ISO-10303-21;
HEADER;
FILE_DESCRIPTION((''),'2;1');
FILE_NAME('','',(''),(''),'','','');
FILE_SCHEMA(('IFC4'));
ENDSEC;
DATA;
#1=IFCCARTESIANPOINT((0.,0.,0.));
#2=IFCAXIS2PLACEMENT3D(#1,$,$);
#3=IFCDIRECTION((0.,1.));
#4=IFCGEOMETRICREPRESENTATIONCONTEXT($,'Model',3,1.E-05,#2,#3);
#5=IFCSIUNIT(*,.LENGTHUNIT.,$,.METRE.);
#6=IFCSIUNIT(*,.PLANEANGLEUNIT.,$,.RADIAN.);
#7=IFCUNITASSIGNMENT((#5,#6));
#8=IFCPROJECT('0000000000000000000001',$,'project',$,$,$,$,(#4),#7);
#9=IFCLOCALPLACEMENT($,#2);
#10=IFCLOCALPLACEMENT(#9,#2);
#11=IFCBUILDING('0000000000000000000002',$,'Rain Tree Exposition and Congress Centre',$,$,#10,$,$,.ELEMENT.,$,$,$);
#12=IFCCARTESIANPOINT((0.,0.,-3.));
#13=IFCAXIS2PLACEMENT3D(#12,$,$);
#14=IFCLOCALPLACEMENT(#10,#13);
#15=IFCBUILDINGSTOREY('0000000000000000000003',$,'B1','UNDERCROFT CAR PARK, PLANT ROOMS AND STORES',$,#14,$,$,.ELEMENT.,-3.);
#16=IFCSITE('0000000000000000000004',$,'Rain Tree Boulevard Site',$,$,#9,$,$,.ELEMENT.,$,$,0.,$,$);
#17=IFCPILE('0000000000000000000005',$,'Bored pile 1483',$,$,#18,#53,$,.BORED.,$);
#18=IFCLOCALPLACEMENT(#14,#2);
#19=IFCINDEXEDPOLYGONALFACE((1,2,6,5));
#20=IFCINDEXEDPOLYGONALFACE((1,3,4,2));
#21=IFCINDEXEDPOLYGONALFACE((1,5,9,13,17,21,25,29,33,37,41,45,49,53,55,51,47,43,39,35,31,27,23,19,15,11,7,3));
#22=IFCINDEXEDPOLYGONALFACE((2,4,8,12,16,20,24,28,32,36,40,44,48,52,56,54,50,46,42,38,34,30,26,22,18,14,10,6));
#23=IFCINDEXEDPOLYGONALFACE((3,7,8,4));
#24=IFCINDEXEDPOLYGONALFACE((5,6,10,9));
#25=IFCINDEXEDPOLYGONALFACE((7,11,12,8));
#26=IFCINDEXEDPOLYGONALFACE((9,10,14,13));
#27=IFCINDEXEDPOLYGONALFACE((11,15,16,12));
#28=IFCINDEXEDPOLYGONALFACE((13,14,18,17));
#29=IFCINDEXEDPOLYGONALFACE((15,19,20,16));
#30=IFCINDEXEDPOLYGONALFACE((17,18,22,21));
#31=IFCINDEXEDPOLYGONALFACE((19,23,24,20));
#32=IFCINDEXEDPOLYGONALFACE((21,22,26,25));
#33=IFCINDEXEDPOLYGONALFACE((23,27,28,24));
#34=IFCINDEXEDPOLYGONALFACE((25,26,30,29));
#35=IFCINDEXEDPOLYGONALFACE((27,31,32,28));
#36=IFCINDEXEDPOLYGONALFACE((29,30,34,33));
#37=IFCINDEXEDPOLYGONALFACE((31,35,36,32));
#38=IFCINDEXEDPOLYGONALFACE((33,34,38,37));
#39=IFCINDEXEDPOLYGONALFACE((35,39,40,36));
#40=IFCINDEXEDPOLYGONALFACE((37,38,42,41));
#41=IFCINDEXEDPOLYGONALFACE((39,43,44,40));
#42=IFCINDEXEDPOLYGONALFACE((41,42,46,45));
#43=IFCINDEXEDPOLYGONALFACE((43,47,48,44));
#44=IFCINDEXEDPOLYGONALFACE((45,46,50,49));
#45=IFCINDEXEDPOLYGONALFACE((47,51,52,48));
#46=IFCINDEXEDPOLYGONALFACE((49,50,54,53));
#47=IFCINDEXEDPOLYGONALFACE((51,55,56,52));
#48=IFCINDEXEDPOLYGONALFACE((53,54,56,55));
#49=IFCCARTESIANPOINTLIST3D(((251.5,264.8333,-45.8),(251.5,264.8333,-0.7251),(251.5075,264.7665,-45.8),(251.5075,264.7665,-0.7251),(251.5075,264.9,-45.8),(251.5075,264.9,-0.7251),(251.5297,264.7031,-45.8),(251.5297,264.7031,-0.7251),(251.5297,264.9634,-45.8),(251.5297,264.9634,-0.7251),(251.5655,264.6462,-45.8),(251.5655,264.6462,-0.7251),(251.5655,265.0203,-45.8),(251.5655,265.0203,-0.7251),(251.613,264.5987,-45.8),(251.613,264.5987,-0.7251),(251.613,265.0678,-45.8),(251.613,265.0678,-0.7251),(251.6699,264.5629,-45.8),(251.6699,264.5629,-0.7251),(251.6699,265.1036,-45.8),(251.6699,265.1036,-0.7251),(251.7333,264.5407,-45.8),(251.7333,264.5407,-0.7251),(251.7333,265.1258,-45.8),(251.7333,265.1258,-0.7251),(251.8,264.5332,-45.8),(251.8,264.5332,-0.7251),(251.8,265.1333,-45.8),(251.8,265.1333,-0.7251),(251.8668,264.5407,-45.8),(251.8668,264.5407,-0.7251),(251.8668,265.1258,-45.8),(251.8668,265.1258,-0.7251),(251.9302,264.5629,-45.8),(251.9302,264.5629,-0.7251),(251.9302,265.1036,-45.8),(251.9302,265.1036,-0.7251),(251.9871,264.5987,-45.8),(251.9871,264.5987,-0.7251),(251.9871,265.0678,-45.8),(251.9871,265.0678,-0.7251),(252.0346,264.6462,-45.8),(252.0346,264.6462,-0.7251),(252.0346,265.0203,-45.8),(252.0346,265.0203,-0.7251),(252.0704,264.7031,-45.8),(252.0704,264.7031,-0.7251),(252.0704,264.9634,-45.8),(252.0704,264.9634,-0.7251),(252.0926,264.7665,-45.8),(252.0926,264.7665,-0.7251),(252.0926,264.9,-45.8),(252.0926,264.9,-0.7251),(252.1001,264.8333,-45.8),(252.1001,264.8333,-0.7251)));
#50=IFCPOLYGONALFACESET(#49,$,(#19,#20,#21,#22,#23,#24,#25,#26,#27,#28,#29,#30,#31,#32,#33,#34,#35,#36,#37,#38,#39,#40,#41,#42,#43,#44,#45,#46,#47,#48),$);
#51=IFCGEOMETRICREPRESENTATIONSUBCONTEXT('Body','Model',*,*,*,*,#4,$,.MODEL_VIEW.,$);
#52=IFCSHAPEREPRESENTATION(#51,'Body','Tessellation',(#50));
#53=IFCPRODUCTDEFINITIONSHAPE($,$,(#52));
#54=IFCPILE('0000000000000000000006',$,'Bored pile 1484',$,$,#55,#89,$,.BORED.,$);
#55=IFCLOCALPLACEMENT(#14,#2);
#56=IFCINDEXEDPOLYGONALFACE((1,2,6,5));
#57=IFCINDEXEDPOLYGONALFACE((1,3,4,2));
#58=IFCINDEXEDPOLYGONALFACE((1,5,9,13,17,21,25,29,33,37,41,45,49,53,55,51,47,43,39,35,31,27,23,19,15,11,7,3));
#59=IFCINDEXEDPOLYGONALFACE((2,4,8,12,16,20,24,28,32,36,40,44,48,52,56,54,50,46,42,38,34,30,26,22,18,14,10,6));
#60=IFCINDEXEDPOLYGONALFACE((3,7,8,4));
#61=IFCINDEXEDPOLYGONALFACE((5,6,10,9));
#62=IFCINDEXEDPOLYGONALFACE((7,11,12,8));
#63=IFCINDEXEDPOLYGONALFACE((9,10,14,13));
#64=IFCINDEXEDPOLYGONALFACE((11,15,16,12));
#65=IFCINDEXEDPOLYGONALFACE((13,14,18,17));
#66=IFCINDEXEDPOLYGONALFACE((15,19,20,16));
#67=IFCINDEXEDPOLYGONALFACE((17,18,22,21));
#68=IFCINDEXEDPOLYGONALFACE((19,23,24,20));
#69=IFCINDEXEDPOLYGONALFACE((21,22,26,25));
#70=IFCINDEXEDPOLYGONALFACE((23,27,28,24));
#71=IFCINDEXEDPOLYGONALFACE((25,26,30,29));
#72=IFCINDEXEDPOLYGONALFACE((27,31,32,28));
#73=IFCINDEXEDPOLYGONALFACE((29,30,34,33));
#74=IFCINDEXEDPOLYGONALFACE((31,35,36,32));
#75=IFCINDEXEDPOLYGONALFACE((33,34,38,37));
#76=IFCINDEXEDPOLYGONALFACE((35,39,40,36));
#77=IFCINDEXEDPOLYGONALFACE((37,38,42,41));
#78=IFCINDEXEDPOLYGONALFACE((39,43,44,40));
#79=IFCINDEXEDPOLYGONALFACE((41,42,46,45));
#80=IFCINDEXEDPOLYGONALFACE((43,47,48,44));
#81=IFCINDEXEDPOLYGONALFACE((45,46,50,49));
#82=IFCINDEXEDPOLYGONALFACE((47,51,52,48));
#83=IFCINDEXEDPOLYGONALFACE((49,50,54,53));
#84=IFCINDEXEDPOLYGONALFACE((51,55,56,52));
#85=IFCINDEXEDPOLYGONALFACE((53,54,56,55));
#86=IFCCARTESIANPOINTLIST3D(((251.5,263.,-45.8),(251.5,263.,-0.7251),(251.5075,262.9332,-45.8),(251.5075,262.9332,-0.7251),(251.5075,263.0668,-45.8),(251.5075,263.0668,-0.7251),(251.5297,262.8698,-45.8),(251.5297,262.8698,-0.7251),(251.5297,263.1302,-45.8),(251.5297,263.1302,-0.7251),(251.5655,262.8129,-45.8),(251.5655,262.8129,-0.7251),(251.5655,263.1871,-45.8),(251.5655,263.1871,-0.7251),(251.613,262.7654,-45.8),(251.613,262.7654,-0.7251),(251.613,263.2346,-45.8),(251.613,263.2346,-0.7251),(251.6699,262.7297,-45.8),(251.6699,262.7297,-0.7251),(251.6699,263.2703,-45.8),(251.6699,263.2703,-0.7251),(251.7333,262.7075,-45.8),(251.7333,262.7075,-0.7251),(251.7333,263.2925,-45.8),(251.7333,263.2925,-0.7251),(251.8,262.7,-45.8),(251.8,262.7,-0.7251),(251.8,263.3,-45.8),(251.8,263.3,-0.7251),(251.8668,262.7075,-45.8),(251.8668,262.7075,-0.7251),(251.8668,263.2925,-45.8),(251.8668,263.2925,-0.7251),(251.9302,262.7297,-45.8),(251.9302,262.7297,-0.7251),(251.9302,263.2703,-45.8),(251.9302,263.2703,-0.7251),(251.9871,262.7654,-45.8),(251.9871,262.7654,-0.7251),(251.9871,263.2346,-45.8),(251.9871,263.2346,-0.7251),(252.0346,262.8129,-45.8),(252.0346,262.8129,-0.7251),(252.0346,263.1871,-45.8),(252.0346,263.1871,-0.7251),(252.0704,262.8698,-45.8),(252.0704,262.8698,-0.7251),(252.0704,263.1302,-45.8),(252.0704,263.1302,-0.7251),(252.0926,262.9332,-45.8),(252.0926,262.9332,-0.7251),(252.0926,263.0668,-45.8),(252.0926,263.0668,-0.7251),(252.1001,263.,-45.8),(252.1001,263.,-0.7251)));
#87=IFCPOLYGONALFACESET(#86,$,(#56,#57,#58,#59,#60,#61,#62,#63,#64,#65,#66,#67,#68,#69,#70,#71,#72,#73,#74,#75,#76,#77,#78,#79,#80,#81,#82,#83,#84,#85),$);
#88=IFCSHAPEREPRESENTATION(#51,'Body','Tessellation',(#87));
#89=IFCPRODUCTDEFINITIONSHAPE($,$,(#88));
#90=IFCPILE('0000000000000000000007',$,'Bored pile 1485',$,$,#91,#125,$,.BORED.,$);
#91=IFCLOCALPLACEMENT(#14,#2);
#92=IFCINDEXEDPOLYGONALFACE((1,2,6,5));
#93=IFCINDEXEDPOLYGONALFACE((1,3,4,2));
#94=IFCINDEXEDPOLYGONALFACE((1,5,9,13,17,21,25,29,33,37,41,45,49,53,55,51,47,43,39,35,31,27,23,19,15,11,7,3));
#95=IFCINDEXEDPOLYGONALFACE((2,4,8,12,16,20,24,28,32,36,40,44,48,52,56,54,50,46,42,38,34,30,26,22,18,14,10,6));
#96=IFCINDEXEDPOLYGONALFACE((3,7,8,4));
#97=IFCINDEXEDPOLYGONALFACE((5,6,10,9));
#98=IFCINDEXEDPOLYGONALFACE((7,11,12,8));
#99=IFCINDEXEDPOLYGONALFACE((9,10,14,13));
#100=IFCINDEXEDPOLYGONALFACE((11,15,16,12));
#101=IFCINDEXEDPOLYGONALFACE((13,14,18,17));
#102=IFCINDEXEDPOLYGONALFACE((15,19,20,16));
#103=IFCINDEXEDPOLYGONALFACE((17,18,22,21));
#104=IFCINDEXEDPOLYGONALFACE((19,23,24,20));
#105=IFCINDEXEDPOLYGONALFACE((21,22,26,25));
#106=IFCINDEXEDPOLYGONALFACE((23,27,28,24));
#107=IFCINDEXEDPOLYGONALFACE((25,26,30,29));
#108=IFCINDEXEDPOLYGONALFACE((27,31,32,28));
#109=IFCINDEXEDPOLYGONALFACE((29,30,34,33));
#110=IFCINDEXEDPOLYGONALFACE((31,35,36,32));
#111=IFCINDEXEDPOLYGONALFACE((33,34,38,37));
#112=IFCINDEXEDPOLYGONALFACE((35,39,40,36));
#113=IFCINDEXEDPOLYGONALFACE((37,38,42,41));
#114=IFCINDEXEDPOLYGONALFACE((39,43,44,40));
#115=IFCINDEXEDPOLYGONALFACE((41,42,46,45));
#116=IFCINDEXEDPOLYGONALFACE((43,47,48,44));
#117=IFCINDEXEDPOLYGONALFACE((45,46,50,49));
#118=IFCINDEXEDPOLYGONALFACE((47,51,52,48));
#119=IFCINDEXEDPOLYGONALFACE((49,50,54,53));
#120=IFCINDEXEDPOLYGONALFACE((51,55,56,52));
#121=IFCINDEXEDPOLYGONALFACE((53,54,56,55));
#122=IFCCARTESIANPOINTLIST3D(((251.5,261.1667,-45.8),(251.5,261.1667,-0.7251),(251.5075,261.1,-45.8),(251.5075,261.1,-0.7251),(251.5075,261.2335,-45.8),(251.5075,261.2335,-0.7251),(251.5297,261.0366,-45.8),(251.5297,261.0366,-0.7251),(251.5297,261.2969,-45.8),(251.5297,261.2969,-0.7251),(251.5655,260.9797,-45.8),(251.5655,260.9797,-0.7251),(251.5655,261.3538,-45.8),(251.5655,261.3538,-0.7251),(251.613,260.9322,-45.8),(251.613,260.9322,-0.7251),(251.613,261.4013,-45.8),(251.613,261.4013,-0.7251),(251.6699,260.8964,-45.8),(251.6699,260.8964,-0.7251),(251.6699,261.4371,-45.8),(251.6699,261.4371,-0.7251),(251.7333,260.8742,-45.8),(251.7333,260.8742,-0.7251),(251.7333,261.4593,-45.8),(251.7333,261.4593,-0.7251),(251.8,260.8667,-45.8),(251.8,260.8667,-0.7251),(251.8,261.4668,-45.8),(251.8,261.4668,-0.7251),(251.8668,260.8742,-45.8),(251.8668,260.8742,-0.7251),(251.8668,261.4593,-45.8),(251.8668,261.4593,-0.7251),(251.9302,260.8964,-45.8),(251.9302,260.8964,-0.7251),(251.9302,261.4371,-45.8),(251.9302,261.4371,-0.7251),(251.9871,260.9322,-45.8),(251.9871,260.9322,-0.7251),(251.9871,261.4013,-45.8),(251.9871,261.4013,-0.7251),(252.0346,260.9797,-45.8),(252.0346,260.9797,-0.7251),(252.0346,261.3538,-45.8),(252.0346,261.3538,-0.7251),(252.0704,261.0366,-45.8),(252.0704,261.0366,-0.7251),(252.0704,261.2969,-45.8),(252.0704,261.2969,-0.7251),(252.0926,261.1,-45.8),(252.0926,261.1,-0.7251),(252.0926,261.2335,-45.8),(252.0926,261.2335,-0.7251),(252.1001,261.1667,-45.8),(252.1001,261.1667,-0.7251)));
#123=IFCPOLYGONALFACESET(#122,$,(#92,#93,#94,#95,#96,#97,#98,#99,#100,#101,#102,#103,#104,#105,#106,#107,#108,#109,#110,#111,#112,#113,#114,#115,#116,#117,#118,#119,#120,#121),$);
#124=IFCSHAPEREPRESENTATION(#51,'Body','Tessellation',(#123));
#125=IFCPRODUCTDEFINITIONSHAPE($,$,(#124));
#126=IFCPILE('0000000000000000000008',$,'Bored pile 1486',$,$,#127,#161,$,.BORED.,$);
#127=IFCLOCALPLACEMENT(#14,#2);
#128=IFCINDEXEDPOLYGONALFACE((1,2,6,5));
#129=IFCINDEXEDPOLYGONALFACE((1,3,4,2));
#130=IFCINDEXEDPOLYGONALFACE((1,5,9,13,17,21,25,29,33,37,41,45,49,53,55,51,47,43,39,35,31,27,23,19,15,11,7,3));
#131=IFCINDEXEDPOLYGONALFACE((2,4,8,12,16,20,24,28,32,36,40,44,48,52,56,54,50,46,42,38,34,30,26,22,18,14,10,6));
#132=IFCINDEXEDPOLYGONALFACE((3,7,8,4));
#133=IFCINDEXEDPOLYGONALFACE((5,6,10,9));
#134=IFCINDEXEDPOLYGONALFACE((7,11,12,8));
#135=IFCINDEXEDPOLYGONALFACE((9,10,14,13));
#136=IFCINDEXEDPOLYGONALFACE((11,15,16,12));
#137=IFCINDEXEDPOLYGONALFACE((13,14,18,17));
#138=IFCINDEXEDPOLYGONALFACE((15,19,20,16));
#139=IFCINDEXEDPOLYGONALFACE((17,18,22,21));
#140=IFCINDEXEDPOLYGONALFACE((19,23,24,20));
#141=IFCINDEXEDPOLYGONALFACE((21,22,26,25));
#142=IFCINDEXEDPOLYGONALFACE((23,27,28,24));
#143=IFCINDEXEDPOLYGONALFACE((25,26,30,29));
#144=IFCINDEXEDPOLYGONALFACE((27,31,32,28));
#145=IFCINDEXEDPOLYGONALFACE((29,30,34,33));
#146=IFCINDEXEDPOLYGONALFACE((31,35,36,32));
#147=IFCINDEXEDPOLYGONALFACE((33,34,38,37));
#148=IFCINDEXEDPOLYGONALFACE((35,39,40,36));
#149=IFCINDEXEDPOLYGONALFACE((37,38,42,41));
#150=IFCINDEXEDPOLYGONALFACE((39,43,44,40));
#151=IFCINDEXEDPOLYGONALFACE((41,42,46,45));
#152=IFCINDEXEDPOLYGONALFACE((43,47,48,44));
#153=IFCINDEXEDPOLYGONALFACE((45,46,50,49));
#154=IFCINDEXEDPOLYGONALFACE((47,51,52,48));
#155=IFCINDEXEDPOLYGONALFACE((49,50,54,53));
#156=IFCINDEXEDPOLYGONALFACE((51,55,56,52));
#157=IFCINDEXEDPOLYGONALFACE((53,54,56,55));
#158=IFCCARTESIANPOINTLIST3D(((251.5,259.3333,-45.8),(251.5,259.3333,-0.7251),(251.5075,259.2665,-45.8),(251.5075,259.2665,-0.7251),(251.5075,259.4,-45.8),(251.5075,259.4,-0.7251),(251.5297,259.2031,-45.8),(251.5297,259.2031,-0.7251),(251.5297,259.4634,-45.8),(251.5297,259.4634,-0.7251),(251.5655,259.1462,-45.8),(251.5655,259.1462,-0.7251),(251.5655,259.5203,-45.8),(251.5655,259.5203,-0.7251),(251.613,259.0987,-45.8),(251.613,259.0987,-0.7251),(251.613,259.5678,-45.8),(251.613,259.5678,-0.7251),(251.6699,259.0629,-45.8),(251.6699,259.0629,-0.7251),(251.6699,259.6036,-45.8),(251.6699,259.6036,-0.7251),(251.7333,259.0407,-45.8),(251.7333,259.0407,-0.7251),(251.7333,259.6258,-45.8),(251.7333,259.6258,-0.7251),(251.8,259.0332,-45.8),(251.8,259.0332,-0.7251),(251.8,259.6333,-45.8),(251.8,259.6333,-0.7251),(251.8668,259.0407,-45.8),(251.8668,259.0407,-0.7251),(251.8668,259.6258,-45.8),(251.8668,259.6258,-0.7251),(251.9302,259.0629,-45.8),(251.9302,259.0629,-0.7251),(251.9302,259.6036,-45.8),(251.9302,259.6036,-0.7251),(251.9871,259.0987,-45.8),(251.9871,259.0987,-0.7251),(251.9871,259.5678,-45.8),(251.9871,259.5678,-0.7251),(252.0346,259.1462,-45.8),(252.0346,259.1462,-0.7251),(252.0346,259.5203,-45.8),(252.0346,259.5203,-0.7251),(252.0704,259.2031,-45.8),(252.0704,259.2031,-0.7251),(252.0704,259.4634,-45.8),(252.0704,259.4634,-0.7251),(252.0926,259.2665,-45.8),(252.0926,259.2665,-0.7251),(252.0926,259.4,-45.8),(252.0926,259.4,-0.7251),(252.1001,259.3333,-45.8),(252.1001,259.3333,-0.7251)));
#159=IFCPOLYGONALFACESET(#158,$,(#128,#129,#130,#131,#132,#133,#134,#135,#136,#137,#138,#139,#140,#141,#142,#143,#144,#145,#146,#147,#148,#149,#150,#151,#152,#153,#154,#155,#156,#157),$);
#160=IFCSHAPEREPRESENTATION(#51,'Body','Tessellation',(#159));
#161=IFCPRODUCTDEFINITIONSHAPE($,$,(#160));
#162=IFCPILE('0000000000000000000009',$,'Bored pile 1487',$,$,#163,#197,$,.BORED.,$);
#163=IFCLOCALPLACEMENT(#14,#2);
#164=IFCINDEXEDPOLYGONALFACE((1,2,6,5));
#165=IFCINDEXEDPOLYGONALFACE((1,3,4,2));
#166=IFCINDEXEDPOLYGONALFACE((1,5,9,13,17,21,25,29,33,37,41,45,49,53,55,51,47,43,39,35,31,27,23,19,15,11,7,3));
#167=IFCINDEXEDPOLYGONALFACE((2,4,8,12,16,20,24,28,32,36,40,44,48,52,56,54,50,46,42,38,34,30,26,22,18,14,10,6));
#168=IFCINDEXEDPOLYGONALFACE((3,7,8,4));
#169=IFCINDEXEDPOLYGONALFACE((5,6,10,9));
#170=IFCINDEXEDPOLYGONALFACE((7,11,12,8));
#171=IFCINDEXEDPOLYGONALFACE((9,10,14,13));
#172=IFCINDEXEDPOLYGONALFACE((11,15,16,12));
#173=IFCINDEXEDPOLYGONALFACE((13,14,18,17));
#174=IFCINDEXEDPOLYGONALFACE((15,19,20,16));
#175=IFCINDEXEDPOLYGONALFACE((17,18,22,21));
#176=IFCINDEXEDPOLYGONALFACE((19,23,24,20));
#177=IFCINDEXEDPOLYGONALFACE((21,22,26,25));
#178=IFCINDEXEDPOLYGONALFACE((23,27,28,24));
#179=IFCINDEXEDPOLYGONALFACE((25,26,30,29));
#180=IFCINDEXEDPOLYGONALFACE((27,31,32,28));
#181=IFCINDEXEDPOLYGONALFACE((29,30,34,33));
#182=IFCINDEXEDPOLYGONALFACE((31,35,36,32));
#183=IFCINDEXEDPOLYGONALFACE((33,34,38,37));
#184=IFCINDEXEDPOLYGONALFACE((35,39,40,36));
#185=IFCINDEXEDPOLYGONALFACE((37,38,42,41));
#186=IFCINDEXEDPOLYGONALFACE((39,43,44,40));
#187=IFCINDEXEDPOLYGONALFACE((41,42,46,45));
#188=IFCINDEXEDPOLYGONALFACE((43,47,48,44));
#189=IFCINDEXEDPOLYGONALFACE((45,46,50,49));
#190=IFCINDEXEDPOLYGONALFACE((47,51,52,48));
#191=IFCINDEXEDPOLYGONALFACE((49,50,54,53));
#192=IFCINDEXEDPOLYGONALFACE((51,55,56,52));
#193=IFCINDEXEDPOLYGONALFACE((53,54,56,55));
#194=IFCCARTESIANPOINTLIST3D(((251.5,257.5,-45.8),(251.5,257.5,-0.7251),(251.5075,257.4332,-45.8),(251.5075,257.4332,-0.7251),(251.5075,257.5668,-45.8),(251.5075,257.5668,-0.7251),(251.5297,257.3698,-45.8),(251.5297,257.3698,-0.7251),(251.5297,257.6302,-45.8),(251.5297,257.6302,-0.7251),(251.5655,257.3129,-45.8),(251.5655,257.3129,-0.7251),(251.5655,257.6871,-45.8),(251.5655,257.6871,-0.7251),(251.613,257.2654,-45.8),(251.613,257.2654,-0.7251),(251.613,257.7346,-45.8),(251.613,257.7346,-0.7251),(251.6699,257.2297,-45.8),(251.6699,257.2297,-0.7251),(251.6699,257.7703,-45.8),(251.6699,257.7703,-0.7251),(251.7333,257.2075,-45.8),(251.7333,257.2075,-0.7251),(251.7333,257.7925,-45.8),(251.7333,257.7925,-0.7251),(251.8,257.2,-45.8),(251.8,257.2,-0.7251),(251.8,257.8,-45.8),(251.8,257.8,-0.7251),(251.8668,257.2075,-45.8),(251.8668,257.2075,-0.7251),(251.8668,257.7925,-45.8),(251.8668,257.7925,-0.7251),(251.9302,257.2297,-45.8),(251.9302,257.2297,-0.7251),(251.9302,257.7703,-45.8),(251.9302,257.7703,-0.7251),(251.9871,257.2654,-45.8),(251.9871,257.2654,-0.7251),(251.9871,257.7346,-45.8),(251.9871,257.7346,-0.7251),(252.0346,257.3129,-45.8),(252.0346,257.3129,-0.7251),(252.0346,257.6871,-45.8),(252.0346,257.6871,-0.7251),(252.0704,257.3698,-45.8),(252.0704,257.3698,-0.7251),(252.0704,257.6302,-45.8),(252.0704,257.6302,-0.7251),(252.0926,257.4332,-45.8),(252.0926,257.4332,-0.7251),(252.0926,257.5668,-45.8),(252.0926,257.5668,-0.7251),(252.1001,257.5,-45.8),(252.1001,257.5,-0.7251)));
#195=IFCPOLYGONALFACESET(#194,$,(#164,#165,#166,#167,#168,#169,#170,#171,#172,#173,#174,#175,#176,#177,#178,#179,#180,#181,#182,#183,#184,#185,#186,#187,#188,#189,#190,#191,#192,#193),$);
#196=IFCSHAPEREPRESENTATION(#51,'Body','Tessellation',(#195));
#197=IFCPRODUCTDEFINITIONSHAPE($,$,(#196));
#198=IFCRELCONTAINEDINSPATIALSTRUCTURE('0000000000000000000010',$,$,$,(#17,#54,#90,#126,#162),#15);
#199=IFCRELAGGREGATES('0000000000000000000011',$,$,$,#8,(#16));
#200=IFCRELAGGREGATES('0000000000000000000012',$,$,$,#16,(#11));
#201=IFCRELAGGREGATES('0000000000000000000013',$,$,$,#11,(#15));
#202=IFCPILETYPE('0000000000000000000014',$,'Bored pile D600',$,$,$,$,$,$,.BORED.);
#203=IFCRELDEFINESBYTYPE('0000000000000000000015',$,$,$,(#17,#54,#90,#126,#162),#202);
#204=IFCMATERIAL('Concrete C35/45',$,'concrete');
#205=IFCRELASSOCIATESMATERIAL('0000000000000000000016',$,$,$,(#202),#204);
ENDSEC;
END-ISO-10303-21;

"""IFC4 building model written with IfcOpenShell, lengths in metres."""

from ifc_helpers import new_model, si_unit, direction, frame, origin, origin_2d, place, context, subcontext, project, spatial, circle, extrude, material, material_profile, profile_set, type_object, element, save


model = new_model("IFC4")

# Units and contexts
model_context = context("Model", 3, precision=1e-05, world=origin(), true_north=direction((0.0, 1.0)))
body_context = subcontext(model_context, "Body", "Model", "MODEL_VIEW")
ifc_project = project(units=[si_unit("LENGTHUNIT", "METRE"), si_unit("PLANEANGLEUNIT", "RADIAN")], contexts=[model_context])

# Site, building, storey
site_placement = place(None, origin())
site = spatial("IfcSite", under=ifc_project, at=site_placement, Name="Rain Tree Boulevard Site", CompositionType="ELEMENT", RefElevation=0.0)
building_placement = place(site_placement, origin())
building = spatial("IfcBuilding", under=site, at=building_placement, Name="Rain Tree Exposition and Congress Centre", CompositionType="ELEMENT")
storey_placement = place(building_placement, frame((0.0, 0.0, -3.0)))
storey = spatial("IfcBuildingStorey", under=building, at=storey_placement, Name="B1", Description="UNDERCROFT CAR PARK, PLANT ROOMS AND STORES", CompositionType="ELEMENT", Elevation=-3.0)

# Piles
ifc_material_1 = material(Name="Concrete C35/45", Category="concrete")
ifc_material_profile_1 = material_profile(ifc_material_1, circle(Radius=0.3, at=origin_2d()), Name="D600")
ifc_profile_set_1 = profile_set([ifc_material_profile_1], Name="Concrete C35/45")
pile_type_1 = type_object("IfcPileType", Name="Bored pile D600", PredefinedType="BORED", material=ifc_profile_set_1)
for number, where, z_axis, x_axis, name in (
    (1, (251.8, 264.8333, -0.7251), (0.0, 0.0, -1.0), (1.0, 0.0, 0.0), "Bored pile 1483"),
    (2, (251.8, 263.0, -0.7251), (0.0, 0.0, -1.0), (1.0, 0.0, 0.0), "Bored pile 1484"),
    (3, (251.8, 261.1667, -0.7251), (0.0, 0.0, -1.0), (1.0, 0.0, 0.0), "Bored pile 1485"),
    (4, (251.8, 259.3333, -0.7251), (0.0, 0.0, -1.0), (1.0, 0.0, 0.0), "Bored pile 1486"),
    (5, (251.8, 257.5, -0.7251), (0.0, 0.0, -1.0), (1.0, 0.0, 0.0), "Bored pile 1487"),
):
    element("IfcPile", number, at=place(storey_placement, frame(where, z_axis=z_axis, x_axis=x_axis)), inside=storey, type_object=pile_type_1, Name=name, PredefinedType="BORED", context=body_context, shape_type="SweptSolid", body=[
        extrude(circle(Radius=0.3, at=origin_2d()), origin(), (0.0, 0.0, 1.0), 45.075),
    ])

save(model, "model.ifc")
